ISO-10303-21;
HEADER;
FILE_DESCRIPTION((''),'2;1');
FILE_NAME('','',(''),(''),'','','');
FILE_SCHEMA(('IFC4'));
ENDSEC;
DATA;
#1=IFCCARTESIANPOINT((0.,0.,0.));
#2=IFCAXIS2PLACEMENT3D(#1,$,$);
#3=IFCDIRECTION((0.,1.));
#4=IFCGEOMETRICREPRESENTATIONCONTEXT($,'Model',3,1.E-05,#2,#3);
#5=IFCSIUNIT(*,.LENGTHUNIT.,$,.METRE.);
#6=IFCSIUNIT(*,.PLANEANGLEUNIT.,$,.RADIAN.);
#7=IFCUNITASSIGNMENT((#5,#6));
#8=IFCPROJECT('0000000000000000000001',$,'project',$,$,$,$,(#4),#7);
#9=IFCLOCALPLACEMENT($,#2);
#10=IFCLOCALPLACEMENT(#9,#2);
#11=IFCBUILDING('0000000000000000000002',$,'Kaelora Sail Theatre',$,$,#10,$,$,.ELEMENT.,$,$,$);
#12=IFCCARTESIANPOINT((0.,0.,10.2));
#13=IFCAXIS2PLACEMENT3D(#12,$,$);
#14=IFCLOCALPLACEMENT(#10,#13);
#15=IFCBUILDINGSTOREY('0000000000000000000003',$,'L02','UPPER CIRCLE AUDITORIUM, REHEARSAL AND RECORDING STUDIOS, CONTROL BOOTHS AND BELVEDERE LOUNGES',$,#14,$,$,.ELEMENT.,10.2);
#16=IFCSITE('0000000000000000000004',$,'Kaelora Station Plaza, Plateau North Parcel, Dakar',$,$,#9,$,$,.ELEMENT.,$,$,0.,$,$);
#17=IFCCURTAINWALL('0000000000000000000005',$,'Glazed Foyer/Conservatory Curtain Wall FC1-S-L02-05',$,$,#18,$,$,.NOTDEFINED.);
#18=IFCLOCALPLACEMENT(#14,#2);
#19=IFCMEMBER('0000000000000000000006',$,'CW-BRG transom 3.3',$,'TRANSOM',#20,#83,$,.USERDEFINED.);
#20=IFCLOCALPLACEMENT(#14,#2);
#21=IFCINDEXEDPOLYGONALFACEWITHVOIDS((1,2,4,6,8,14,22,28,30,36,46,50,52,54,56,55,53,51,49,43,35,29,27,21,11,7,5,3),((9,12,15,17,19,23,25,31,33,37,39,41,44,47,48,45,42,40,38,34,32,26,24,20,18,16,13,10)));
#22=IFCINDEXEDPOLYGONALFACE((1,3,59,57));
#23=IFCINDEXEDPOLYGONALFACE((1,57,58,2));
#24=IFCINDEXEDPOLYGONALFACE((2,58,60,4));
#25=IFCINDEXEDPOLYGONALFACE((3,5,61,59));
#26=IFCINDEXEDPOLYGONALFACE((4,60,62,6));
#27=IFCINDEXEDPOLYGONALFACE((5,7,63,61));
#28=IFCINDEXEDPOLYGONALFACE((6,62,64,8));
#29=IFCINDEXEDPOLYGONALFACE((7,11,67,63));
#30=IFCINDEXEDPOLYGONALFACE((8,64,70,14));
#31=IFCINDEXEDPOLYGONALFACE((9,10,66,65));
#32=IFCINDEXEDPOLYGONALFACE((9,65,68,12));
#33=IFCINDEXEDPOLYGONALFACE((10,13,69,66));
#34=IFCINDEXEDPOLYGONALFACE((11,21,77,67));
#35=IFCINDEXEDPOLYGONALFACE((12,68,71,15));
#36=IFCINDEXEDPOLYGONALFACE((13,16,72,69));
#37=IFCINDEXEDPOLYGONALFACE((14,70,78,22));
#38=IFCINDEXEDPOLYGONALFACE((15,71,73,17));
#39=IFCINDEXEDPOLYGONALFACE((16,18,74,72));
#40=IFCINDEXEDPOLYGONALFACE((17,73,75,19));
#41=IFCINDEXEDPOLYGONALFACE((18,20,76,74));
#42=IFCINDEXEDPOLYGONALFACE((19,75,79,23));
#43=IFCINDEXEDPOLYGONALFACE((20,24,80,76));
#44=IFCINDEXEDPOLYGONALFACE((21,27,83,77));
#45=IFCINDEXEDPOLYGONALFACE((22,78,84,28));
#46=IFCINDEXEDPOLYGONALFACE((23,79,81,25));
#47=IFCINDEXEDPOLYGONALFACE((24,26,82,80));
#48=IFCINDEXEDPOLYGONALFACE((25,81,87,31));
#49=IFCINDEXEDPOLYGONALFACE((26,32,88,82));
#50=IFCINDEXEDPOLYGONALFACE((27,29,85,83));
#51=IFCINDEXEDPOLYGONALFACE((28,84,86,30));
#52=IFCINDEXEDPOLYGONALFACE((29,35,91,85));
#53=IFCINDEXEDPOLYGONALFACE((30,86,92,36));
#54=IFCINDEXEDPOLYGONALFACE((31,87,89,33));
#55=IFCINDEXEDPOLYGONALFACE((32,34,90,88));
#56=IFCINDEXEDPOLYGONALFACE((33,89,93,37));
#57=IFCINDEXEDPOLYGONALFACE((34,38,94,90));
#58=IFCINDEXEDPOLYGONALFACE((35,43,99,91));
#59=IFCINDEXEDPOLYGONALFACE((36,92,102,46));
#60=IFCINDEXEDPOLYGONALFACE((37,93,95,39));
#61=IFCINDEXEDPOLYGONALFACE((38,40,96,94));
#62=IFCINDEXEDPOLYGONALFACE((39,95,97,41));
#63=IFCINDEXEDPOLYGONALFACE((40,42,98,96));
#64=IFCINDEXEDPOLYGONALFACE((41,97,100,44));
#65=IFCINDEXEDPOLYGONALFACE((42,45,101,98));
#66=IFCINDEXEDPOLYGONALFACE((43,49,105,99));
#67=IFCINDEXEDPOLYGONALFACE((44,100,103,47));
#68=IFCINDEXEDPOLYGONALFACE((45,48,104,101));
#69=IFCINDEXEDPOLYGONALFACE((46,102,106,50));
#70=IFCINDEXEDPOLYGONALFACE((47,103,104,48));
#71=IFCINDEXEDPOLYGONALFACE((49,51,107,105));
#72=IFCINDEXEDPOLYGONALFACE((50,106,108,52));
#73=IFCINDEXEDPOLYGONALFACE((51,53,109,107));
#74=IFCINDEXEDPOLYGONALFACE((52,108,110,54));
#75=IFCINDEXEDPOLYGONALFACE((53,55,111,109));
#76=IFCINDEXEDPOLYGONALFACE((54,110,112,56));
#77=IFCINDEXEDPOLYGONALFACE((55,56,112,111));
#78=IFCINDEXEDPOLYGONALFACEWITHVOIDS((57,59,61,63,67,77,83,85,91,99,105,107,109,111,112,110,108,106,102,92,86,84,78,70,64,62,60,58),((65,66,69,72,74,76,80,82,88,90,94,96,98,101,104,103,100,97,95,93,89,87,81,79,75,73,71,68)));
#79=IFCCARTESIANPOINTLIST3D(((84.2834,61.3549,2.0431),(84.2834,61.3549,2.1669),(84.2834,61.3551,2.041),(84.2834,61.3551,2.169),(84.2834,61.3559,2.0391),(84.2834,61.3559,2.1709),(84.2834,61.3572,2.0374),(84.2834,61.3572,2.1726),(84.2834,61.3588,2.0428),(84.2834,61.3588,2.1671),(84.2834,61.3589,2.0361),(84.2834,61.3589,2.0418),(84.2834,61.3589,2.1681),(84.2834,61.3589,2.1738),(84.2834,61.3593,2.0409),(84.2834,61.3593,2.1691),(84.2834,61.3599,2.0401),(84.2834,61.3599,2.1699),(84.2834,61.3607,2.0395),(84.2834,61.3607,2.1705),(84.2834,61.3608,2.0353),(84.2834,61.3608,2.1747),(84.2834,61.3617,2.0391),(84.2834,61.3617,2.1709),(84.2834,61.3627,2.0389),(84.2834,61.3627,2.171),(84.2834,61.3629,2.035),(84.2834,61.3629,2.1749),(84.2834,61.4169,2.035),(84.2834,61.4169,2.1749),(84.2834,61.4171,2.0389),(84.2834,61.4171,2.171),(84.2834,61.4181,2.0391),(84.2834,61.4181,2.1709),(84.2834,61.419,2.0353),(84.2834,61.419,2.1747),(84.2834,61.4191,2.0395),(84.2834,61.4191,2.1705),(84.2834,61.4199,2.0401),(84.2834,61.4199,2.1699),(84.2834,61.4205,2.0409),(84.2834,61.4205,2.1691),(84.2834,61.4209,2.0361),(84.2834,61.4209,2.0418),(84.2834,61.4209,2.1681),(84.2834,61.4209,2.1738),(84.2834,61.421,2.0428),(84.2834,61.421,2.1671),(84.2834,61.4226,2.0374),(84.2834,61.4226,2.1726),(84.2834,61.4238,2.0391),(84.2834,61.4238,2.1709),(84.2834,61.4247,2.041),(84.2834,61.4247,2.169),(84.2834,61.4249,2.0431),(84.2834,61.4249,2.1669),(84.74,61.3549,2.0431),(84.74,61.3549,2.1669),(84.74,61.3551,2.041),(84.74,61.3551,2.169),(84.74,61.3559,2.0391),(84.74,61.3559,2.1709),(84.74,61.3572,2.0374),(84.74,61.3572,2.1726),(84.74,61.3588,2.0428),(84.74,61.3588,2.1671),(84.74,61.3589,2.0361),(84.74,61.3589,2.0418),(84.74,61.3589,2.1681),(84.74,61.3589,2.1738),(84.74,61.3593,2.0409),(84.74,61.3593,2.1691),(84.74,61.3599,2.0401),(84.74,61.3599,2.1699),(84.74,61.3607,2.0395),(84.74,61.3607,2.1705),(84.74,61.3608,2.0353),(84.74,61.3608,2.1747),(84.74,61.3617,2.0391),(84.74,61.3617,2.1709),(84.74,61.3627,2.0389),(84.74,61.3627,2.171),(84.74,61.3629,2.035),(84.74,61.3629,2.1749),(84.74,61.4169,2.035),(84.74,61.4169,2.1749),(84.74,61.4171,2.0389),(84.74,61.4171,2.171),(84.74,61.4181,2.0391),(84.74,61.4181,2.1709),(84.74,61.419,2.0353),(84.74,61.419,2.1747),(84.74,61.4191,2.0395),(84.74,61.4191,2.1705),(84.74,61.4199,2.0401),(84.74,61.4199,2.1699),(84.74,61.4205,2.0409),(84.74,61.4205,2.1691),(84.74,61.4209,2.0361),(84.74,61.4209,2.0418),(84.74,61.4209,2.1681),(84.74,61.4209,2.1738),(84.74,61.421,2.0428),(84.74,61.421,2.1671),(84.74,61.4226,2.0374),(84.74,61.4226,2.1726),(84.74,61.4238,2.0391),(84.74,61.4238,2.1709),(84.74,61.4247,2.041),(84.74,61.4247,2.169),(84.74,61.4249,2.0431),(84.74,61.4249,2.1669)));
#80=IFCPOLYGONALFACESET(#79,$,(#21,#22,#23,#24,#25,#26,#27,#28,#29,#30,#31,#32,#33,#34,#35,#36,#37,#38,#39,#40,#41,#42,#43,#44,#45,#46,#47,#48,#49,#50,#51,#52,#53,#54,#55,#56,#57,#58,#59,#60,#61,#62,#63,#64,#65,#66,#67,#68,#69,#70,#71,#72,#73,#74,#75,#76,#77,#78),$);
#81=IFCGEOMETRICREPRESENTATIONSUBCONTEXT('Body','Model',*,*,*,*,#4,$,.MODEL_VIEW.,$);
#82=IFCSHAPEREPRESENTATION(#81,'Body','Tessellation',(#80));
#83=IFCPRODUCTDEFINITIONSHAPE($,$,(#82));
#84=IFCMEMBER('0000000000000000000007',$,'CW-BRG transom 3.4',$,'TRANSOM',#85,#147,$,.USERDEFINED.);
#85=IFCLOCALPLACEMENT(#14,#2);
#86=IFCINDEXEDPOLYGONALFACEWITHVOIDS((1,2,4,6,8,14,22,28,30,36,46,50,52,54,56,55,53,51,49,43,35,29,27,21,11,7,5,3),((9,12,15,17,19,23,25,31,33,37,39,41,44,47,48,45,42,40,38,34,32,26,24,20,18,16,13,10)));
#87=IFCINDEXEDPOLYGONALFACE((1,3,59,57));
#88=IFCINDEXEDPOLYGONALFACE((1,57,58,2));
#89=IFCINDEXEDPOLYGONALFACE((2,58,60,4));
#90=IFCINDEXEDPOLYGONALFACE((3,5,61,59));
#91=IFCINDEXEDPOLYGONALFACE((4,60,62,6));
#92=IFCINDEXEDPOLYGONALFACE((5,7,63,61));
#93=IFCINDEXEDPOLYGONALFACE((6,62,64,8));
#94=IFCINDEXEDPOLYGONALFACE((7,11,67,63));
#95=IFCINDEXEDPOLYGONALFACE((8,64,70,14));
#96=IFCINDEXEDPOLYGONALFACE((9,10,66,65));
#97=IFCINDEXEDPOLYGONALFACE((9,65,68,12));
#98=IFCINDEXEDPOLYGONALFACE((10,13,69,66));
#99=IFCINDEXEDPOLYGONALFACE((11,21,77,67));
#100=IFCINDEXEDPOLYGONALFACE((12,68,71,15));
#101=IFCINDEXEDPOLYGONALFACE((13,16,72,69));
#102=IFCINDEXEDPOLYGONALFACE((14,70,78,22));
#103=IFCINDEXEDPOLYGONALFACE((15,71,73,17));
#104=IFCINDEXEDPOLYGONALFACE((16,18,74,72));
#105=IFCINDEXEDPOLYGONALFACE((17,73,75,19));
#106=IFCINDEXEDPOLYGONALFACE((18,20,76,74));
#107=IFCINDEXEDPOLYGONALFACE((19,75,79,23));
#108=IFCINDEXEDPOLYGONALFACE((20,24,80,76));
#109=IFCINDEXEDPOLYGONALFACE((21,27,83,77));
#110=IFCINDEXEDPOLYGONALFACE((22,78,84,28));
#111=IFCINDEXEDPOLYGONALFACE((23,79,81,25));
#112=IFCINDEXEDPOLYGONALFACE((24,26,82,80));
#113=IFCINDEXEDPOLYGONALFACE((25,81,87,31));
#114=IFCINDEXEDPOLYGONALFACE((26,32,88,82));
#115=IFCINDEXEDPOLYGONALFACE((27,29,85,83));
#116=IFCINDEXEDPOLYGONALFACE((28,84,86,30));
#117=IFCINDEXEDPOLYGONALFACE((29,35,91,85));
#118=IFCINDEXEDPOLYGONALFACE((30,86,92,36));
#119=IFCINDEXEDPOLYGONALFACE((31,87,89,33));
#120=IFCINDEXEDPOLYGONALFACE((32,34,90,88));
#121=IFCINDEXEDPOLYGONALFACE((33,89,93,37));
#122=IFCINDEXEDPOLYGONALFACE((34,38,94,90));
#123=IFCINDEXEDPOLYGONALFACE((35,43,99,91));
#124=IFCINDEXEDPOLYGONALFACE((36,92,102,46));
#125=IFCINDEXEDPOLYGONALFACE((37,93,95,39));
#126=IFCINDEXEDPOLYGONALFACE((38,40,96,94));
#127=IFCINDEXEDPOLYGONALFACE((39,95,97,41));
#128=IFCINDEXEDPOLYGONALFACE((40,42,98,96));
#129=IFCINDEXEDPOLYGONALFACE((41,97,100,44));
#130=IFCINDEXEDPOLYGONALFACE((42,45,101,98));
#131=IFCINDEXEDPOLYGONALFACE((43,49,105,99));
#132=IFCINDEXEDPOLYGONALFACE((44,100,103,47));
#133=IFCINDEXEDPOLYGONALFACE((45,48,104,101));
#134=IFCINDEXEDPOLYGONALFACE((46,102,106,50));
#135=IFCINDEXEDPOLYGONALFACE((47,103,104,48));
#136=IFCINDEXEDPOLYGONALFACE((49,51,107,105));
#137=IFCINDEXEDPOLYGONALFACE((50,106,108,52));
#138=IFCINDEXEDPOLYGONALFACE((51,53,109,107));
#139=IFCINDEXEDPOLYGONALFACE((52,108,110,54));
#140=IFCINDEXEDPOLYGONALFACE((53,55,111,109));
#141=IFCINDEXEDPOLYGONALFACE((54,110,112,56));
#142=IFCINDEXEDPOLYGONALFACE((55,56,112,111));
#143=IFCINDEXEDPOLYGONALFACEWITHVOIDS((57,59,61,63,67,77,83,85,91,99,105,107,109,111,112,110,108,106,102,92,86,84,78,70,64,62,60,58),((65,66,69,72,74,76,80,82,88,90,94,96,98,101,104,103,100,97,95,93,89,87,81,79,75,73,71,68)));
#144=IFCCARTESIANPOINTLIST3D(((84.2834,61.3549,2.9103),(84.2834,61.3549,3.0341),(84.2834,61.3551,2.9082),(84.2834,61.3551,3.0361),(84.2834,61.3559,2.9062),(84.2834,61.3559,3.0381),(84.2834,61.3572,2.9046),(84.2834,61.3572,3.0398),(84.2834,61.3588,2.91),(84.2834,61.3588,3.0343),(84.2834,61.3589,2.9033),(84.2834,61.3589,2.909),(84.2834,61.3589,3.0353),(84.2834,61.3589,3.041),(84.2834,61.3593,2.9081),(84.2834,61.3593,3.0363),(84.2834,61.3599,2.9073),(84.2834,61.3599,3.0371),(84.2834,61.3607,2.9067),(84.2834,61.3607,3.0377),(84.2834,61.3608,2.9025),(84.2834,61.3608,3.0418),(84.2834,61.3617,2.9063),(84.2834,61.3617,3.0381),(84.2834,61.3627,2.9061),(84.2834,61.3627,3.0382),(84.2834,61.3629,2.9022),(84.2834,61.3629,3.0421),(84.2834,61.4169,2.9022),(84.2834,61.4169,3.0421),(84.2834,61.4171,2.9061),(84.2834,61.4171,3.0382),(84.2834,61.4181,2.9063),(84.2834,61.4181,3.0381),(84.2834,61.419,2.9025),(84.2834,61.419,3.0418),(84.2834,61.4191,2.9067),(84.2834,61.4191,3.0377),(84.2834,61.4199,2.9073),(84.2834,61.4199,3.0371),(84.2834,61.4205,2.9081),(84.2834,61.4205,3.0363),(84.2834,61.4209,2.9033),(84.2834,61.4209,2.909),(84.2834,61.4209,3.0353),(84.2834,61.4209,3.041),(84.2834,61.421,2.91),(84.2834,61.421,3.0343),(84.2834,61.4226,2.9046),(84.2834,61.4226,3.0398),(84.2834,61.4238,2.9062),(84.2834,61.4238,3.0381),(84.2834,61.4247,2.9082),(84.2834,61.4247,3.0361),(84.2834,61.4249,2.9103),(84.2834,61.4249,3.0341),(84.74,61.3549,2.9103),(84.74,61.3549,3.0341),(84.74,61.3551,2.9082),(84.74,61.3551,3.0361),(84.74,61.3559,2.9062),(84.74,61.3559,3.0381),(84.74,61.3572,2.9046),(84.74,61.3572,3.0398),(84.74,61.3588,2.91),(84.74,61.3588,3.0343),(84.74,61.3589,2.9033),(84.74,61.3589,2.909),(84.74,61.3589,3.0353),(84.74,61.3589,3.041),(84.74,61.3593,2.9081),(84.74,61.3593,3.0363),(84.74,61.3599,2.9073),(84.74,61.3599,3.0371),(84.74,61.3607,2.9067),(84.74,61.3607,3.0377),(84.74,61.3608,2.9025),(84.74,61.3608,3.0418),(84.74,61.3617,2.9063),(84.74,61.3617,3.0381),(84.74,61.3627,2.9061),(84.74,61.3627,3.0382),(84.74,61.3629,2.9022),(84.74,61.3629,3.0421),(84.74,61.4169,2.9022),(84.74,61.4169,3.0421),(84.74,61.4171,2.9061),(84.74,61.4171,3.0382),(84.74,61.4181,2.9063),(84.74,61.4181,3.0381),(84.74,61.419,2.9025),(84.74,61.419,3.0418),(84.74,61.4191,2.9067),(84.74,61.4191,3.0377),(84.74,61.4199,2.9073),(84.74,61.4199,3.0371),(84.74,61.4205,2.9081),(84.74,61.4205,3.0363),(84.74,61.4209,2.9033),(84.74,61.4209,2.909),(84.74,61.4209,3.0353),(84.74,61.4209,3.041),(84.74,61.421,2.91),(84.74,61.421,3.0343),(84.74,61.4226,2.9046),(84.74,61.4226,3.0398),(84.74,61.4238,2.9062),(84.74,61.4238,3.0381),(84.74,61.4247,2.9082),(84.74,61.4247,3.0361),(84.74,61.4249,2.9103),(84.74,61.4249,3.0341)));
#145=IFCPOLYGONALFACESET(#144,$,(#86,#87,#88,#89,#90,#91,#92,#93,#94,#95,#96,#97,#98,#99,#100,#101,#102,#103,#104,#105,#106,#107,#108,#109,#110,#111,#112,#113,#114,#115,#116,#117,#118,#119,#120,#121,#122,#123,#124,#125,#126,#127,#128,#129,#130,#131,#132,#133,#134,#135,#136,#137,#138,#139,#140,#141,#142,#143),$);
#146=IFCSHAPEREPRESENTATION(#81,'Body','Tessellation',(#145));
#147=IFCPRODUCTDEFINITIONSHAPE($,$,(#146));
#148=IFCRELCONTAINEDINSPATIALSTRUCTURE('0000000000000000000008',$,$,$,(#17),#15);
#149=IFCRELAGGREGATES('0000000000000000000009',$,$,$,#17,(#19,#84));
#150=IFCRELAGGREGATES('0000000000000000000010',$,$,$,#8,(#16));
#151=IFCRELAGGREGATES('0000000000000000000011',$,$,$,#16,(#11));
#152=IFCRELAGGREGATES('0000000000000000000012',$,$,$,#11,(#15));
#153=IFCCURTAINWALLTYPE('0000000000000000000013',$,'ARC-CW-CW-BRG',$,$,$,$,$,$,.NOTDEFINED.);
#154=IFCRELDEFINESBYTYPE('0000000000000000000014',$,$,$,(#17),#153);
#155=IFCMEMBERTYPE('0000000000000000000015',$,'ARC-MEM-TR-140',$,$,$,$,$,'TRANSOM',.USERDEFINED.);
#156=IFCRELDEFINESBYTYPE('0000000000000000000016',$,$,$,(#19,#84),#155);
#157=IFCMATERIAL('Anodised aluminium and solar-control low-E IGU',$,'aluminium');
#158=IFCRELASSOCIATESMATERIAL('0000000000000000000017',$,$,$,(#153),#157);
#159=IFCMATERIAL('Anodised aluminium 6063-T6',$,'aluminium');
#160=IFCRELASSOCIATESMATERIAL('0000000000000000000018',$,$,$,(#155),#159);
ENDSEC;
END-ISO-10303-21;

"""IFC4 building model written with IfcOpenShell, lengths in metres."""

from ifc_helpers import new_model, si_unit, direction, frame, origin, origin_2d, place, context, subcontext, project, spatial, hollow_rectangle, extrude, material, material_profile, profile_set, type_object, element, aggregate, save


model = new_model("IFC4")

# Units and contexts
model_context = context("Model", 3, precision=1e-05, world=origin(), true_north=direction((0.0, 1.0)))
body_context = subcontext(model_context, "Body", "Model", "MODEL_VIEW")
ifc_project = project(units=[si_unit("LENGTHUNIT", "METRE"), si_unit("PLANEANGLEUNIT", "RADIAN")], contexts=[model_context])

# Site, building, storey
site_placement = place(None, origin())
site = spatial("IfcSite", under=ifc_project, at=site_placement, Name="Kaelora Station Plaza, Plateau North Parcel, Dakar", CompositionType="ELEMENT", RefElevation=0.0)
building_placement = place(site_placement, origin())
building = spatial("IfcBuilding", under=site, at=building_placement, Name="Kaelora Sail Theatre", CompositionType="ELEMENT")
storey_placement = place(building_placement, frame((0.0, 0.0, 10.2)))
storey = spatial("IfcBuildingStorey", under=building, at=storey_placement, Name="L02", Description="UPPER CIRCLE AUDITORIUM, REHEARSAL AND RECORDING STUDIOS, CONTROL BOOTHS AND BELVEDERE LOUNGES", CompositionType="ELEMENT", Elevation=10.2)

# Curtain wall
ifc_material_1 = material(Name="Anodised aluminium and solar-control low-E IGU", Category="aluminium")
curtain_wall_type = type_object("IfcCurtainWallType", Name="ARC-CW-CW-BRG", PredefinedType="NOTDEFINED", material=ifc_material_1)
curtain_wall_1_placement = place(storey_placement, origin())
curtain_wall_1 = element("IfcCurtainWall", 1, at=curtain_wall_1_placement, inside=storey, type_object=curtain_wall_type, Name="Glazed Foyer/Conservatory Curtain Wall FC1-S-L02-05", PredefinedType="NOTDEFINED")

# Members
ifc_material_2 = material(Name="Anodised aluminium 6063-T6", Category="aluminium")
ifc_material_profile_1 = material_profile(ifc_material_2, hollow_rectangle(XDim=0.0701, YDim=0.1399, WallThickness=0.0039, InnerFilletRadius=0.0039, OuterFilletRadius=0.0081, at=origin_2d()), Name="ALU-TRAN 70x140x4")
ifc_profile_set_1 = profile_set([ifc_material_profile_1], Name="Anodised aluminium 6063-T6")
member_type_1 = type_object("IfcMemberType", Name="ARC-MEM-TR-140", ElementType="TRANSOM", PredefinedType="USERDEFINED", material=ifc_profile_set_1)
member_1_placement = place(storey_placement, frame((84.2834, 61.3899, 2.105), z_axis=(1.0, 0.0, 0.0), x_axis=(0.0, 1.0, 0.0)))
member_1 = element("IfcMember", 2, at=member_1_placement, type_object=member_type_1, Name="CW-BRG transom 3.3", ObjectType="TRANSOM", PredefinedType="USERDEFINED", context=body_context, shape_type="SweptSolid", body=[
    extrude(hollow_rectangle(XDim=0.0701, YDim=0.1399, WallThickness=0.0039, InnerFilletRadius=0.0039, OuterFilletRadius=0.0081, at=origin_2d()), origin(), (0.0, 0.0, 1.0), 0.4565),
])
member_2_placement = place(storey_placement, frame((84.2834, 61.3899, 2.9722), z_axis=(1.0, 0.0, 0.0), x_axis=(0.0, 1.0, 0.0)))
member_2 = element("IfcMember", 3, at=member_2_placement, type_object=member_type_1, Name="CW-BRG transom 3.4", ObjectType="TRANSOM", PredefinedType="USERDEFINED", context=body_context, shape_type="SweptSolid", body=[
    extrude(hollow_rectangle(XDim=0.0701, YDim=0.1399, WallThickness=0.0039, InnerFilletRadius=0.0039, OuterFilletRadius=0.0081, at=origin_2d()), origin(), (0.0, 0.0, 1.0), 0.4565),
])

aggregate(curtain_wall_1, [member_1, member_2])

save(model, "model.ifc")
